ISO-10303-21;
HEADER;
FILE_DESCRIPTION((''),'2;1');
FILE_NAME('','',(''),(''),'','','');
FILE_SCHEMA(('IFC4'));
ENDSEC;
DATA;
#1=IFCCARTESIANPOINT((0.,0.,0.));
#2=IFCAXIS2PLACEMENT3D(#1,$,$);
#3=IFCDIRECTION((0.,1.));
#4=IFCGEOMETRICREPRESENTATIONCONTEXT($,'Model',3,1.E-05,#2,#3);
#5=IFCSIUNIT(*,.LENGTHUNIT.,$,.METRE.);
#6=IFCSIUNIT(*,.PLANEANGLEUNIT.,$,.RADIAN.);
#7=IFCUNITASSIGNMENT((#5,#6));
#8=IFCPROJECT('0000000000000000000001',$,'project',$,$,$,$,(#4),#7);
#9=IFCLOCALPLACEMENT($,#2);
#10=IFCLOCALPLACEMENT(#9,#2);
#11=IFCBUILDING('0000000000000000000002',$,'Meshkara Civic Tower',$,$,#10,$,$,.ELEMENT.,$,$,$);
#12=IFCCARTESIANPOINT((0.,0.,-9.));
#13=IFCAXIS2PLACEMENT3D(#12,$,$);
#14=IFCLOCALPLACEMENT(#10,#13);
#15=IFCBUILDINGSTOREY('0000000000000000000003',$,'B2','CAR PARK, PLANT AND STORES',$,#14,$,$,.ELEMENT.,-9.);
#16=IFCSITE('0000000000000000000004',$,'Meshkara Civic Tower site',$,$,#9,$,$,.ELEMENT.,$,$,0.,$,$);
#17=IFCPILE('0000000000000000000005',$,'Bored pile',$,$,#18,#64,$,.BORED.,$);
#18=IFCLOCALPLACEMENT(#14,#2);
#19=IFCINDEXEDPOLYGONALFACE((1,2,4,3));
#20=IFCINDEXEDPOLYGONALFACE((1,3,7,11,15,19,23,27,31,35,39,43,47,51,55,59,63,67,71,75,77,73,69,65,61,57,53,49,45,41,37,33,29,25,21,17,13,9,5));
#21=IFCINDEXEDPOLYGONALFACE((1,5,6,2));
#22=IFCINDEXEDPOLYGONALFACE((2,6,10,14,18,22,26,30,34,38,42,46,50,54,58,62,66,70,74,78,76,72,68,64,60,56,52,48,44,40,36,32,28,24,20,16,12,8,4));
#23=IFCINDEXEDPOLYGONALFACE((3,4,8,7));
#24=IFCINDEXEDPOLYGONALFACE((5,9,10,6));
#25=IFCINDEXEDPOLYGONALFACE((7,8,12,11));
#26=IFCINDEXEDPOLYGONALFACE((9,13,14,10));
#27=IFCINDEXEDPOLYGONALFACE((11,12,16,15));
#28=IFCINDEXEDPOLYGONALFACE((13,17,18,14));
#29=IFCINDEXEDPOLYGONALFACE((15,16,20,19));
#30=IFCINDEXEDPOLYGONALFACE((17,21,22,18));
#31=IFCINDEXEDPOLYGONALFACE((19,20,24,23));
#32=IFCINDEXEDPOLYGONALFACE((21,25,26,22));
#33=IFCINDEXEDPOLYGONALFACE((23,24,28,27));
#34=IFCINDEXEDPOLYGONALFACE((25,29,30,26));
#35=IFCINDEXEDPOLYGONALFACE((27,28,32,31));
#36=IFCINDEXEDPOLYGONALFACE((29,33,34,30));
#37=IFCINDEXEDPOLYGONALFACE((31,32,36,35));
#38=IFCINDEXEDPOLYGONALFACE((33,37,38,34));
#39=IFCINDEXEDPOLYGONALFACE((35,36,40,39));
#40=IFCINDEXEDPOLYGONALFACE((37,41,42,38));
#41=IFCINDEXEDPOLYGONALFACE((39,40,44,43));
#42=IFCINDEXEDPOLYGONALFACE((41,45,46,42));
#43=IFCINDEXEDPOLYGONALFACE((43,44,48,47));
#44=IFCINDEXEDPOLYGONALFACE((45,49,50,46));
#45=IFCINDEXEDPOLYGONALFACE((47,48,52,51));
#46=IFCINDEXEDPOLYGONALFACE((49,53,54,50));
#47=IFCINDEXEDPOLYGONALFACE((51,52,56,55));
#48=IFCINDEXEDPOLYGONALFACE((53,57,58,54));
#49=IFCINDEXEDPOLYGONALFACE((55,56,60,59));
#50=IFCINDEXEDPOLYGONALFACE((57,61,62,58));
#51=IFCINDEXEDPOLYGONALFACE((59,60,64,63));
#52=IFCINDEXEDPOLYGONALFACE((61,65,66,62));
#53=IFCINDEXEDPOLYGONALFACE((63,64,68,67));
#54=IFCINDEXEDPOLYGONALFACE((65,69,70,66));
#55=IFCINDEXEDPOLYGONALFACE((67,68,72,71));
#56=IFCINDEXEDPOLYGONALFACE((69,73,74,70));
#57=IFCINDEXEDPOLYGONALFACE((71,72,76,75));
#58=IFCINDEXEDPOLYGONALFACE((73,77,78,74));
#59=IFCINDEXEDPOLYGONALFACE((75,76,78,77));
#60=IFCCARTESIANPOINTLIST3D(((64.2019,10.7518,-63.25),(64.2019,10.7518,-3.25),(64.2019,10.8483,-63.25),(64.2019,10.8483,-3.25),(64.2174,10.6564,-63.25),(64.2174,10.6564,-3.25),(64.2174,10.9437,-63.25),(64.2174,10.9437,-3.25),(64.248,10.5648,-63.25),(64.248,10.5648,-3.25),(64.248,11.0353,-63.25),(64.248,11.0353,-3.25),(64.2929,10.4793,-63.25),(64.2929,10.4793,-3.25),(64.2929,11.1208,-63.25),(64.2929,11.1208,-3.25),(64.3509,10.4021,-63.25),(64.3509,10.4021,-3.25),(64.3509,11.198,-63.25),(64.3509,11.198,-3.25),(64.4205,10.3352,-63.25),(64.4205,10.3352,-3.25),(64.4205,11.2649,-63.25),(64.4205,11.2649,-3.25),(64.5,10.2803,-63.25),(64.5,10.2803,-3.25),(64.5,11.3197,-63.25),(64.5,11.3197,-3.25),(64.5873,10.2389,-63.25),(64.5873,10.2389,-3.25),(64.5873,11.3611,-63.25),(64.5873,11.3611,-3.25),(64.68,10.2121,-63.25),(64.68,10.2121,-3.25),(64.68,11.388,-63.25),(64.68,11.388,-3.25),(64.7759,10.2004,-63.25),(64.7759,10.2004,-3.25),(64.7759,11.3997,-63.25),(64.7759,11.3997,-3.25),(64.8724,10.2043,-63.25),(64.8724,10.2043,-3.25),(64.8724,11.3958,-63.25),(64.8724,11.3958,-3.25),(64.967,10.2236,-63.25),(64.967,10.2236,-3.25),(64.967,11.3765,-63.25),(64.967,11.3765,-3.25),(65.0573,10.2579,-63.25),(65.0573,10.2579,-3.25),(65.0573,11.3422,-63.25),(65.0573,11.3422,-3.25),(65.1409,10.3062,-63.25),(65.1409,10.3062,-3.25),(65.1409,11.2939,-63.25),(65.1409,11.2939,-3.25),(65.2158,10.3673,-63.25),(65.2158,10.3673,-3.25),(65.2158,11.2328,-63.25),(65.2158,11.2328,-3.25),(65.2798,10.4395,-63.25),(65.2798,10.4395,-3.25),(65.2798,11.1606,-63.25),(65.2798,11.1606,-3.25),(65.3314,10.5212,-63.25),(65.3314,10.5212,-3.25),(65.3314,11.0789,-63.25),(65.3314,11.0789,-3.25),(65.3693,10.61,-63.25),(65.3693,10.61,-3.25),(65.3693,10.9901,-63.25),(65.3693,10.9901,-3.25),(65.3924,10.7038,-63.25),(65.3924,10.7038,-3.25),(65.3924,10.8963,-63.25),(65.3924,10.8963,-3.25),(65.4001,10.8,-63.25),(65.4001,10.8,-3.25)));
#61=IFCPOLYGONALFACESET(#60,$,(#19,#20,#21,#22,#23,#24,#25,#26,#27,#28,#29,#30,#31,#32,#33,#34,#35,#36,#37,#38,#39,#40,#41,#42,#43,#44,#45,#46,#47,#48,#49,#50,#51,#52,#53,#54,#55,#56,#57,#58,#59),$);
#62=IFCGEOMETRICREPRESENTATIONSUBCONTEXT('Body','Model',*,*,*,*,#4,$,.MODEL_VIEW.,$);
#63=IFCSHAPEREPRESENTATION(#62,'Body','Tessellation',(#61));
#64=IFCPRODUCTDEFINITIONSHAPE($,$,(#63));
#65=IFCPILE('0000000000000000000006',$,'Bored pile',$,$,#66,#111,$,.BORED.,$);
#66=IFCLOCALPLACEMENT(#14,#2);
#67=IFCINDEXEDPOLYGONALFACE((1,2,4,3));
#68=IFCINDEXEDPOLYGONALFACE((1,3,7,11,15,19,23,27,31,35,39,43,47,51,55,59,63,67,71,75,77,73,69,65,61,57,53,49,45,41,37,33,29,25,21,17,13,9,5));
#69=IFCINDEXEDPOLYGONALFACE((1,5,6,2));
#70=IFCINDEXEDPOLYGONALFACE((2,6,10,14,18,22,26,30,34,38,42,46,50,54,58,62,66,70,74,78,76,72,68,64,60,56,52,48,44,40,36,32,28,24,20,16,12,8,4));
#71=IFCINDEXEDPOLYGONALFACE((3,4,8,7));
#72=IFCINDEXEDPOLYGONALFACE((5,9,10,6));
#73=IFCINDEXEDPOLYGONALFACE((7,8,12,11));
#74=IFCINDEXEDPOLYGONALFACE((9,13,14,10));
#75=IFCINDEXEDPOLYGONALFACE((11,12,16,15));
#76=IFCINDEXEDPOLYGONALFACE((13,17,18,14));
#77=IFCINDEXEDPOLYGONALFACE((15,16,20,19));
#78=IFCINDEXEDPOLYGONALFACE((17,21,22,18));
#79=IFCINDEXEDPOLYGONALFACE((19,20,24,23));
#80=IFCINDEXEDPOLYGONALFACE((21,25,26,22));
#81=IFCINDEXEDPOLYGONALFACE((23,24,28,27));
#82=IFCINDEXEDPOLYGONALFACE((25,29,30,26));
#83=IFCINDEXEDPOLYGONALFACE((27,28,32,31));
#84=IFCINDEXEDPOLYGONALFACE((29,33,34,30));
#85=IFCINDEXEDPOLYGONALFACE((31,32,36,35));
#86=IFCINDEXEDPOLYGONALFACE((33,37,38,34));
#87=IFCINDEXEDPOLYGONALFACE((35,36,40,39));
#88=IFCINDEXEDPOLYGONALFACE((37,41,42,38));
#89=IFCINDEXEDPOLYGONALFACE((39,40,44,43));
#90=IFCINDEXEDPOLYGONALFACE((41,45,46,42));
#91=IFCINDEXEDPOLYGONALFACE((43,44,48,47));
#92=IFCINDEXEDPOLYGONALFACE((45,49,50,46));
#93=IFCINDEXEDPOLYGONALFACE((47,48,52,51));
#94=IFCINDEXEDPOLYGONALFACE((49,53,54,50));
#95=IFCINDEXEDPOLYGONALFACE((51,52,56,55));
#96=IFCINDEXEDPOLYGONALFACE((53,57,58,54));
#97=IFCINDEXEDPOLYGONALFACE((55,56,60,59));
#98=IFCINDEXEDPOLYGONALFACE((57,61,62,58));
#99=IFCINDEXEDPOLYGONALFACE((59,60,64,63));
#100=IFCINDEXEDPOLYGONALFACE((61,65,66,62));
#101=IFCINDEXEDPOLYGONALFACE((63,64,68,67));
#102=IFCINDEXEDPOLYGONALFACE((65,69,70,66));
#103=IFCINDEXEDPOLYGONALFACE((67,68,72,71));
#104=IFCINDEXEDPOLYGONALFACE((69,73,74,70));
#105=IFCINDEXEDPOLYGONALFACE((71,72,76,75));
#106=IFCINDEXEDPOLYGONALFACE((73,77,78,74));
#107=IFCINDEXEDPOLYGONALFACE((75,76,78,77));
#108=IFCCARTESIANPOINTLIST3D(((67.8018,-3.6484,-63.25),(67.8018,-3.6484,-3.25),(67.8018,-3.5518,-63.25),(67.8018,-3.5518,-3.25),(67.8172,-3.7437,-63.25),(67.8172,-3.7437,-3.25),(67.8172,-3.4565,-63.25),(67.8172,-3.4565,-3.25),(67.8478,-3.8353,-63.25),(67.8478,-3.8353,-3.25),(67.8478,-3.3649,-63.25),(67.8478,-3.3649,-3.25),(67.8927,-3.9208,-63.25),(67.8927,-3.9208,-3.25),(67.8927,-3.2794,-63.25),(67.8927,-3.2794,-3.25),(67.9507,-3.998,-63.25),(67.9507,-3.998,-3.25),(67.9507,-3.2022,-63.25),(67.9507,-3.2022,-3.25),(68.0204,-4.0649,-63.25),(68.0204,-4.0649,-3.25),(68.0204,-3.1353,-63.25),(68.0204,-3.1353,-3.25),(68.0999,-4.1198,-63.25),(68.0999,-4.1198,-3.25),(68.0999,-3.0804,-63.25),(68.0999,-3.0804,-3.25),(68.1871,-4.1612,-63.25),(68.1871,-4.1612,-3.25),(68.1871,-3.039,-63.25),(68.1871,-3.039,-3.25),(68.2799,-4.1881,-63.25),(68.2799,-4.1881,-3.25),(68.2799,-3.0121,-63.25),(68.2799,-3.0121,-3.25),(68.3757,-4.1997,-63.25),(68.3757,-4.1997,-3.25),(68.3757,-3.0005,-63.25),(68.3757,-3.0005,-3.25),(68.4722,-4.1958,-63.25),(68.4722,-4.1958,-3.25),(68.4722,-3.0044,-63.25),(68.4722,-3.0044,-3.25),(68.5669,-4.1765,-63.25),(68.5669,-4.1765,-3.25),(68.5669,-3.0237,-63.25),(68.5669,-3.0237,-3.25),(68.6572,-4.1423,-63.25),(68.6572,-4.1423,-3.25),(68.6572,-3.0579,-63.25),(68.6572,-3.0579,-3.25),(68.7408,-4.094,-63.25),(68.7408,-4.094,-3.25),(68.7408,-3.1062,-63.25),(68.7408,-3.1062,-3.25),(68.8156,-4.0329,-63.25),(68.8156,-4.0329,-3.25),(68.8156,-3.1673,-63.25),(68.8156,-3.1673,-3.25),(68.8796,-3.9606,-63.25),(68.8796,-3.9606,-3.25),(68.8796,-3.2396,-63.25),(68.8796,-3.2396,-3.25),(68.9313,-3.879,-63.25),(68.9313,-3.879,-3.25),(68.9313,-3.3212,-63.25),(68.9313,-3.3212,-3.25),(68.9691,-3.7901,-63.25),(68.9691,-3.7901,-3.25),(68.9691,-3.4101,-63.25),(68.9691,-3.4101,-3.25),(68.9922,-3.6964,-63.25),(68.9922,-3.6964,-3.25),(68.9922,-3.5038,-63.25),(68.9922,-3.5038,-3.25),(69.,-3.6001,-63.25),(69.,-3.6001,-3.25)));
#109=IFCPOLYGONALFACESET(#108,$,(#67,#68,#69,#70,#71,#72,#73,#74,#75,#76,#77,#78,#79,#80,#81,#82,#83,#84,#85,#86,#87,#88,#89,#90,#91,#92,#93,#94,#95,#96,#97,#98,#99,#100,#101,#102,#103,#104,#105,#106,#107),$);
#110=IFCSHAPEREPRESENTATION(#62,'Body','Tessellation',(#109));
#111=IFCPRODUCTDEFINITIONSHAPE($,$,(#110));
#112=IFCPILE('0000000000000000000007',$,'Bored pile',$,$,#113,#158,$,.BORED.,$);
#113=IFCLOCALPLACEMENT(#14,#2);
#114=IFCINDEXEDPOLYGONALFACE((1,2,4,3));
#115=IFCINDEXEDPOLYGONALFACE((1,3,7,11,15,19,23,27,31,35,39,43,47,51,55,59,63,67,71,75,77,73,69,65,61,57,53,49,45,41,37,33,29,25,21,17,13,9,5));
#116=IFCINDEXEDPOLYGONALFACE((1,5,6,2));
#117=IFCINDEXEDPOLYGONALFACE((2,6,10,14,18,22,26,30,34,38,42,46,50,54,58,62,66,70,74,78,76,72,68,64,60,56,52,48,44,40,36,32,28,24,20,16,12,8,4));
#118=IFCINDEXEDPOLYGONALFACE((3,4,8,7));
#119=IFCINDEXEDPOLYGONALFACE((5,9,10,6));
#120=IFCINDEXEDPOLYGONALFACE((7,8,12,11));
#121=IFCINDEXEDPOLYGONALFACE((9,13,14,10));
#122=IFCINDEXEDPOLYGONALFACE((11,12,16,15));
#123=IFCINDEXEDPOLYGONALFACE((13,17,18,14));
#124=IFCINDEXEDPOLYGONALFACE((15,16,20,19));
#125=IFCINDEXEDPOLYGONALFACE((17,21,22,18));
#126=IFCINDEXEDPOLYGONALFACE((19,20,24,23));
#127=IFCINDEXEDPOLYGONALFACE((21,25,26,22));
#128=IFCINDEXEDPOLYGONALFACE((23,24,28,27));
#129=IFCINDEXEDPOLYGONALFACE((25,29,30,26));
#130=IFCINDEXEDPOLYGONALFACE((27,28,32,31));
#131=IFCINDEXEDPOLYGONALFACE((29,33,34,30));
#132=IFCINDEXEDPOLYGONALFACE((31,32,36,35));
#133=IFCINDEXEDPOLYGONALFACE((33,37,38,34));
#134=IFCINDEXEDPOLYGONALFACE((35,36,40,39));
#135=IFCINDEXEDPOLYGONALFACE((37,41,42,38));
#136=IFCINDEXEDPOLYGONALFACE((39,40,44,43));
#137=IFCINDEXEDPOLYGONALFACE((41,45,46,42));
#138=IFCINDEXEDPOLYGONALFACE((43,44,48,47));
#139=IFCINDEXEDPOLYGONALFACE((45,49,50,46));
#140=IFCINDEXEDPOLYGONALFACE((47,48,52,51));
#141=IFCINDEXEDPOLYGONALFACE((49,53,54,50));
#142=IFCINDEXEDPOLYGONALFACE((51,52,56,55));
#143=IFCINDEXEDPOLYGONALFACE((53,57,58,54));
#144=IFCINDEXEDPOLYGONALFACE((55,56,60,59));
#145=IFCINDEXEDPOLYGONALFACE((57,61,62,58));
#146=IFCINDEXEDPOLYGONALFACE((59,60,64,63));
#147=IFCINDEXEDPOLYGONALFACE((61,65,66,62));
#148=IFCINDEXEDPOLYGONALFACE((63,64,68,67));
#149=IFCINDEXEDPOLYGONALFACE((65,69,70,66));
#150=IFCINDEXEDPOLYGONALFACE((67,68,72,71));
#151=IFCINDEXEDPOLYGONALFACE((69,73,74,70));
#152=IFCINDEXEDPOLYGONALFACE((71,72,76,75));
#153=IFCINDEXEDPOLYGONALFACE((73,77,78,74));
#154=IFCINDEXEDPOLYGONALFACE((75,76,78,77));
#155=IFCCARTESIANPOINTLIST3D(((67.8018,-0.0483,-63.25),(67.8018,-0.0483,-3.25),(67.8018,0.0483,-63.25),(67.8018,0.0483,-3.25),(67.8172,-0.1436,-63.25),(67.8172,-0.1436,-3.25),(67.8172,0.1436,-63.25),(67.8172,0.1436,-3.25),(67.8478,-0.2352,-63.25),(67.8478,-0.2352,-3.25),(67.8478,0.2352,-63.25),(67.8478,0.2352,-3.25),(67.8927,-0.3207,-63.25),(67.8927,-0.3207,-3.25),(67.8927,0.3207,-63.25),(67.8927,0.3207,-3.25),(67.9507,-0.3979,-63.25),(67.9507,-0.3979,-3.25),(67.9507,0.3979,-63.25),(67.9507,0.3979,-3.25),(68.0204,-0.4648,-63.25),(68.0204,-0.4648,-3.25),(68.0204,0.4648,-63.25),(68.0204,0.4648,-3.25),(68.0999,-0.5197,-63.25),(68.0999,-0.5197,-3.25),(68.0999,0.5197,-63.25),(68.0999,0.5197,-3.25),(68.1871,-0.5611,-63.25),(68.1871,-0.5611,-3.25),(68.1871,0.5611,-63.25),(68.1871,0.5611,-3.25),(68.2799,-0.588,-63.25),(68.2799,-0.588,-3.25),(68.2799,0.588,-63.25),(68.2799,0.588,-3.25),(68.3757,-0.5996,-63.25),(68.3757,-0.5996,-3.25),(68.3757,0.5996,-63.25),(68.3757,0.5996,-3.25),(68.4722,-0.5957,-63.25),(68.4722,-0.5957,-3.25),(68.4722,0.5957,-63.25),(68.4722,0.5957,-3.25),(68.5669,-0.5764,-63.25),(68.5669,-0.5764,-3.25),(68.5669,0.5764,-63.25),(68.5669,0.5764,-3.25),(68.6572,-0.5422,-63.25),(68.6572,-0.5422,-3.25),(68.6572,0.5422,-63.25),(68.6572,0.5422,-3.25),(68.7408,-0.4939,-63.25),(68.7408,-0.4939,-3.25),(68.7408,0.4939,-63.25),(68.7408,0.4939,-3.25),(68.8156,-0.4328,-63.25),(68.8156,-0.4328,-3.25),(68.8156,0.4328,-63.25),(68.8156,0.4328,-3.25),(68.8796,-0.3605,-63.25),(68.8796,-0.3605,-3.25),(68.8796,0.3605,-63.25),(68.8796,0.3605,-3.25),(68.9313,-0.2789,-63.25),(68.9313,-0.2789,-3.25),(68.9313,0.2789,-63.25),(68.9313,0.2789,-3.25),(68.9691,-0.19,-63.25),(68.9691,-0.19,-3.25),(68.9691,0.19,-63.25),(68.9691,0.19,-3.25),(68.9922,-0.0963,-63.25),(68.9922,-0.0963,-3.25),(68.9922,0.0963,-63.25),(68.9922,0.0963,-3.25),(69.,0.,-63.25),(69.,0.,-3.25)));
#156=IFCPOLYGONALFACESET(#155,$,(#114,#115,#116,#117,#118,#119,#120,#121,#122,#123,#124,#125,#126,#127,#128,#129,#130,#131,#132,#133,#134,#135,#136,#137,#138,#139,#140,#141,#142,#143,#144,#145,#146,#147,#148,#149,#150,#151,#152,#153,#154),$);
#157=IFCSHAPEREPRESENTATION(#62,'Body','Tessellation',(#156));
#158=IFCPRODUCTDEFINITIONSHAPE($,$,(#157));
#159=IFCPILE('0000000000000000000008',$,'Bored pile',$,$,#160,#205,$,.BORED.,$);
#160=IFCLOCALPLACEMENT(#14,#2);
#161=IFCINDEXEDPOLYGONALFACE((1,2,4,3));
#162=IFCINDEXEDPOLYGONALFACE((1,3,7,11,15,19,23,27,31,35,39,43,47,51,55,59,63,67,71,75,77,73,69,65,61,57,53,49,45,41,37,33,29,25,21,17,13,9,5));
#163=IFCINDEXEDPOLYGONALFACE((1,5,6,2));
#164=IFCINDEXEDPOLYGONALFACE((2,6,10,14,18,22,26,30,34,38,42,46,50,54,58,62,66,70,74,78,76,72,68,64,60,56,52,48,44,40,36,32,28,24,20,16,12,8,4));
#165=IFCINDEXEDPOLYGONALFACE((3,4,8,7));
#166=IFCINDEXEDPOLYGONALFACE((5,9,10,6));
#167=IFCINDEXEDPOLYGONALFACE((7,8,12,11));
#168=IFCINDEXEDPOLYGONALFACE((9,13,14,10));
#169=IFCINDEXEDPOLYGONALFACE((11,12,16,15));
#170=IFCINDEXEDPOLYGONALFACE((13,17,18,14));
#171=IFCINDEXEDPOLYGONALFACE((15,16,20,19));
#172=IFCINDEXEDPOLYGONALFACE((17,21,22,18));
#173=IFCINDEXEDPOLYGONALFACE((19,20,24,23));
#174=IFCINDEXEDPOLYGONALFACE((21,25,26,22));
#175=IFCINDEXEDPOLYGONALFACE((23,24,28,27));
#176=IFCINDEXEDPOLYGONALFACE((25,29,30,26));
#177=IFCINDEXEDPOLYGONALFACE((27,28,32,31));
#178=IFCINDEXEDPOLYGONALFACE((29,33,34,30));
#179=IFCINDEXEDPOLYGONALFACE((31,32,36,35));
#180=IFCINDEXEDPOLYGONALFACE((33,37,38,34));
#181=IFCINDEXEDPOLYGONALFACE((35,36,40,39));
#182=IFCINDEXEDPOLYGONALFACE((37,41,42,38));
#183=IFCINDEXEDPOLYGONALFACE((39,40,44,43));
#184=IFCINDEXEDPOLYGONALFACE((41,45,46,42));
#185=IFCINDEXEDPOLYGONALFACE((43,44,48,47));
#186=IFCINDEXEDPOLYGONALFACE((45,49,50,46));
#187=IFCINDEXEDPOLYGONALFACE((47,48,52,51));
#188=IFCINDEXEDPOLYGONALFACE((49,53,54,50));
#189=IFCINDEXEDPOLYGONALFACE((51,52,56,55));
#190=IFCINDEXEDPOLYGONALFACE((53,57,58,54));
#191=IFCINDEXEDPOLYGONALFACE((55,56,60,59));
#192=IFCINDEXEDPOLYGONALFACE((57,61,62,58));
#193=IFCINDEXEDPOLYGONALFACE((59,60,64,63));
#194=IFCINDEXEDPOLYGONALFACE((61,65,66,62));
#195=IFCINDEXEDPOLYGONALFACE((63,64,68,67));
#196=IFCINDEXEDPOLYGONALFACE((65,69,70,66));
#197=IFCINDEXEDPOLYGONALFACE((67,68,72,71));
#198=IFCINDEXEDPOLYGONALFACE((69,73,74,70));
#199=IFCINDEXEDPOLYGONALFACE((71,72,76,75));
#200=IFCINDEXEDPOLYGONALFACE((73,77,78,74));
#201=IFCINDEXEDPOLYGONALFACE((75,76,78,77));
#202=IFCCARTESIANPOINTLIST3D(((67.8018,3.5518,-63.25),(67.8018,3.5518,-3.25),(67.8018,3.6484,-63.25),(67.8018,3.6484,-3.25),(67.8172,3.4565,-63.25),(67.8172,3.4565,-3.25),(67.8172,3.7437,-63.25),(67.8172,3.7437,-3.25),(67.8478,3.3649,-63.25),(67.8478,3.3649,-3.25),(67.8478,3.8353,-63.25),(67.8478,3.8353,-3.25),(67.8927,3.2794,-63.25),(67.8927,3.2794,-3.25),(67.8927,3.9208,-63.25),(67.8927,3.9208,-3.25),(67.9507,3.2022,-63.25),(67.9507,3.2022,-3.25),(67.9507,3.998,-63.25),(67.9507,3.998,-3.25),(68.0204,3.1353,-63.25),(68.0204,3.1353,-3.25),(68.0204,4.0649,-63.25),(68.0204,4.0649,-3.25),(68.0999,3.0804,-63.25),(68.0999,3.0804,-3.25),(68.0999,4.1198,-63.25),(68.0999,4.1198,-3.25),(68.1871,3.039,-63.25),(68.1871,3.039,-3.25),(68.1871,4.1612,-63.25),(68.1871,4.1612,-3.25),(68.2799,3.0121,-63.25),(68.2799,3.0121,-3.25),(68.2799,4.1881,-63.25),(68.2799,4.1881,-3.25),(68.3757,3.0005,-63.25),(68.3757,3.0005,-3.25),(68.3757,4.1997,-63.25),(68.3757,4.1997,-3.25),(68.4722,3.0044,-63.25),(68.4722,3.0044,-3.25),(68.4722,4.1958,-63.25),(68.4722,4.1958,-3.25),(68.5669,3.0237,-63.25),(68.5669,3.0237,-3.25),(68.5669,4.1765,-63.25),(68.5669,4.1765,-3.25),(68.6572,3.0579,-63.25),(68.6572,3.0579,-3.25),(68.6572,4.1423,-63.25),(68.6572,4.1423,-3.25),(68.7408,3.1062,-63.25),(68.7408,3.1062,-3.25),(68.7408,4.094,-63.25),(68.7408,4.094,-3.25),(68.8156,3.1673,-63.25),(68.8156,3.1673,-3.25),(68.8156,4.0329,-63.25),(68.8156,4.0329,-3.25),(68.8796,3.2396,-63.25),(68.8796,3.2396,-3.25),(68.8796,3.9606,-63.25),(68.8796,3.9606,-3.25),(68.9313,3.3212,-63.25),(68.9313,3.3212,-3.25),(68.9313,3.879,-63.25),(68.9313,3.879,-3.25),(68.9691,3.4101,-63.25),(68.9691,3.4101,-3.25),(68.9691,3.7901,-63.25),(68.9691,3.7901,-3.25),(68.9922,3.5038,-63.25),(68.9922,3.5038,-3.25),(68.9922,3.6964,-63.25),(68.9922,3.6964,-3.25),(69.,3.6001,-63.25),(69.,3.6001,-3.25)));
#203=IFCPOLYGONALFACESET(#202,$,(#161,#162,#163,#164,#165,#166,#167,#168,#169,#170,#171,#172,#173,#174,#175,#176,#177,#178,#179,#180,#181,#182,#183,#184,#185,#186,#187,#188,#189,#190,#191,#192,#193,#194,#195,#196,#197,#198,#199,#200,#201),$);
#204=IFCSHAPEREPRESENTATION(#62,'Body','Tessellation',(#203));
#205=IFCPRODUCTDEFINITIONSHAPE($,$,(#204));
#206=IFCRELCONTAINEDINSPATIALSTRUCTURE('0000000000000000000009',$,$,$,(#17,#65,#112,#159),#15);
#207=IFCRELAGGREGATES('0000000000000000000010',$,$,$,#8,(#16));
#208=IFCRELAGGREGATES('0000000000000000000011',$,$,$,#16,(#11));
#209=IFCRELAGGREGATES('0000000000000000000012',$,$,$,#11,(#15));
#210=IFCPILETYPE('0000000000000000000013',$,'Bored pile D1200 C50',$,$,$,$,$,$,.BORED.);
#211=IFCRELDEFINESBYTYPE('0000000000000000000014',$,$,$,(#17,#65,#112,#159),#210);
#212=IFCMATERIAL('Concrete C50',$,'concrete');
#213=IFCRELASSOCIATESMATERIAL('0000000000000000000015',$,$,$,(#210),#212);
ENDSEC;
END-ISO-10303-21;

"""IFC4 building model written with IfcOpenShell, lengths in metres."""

from ifc_helpers import new_model, si_unit, direction, frame, origin, origin_2d, place, context, subcontext, project, spatial, circle, extrude, material, material_profile, profile_set, type_object, element, save


model = new_model("IFC4")

# Units and contexts
model_context = context("Model", 3, precision=1e-05, world=origin(), true_north=direction((0.0, 1.0)))
body_context = subcontext(model_context, "Body", "Model", "MODEL_VIEW")
ifc_project = project(units=[si_unit("LENGTHUNIT", "METRE"), si_unit("PLANEANGLEUNIT", "RADIAN")], contexts=[model_context])

# Site, building, storey
site_placement = place(None, origin())
site = spatial("IfcSite", under=ifc_project, at=site_placement, Name="Meshkara Civic Tower site", CompositionType="ELEMENT", RefElevation=0.0)
building_placement = place(site_placement, origin())
building = spatial("IfcBuilding", under=site, at=building_placement, Name="Meshkara Civic Tower", CompositionType="ELEMENT")
storey_placement = place(building_placement, frame((0.0, 0.0, -9.0)))
storey = spatial("IfcBuildingStorey", under=building, at=storey_placement, Name="B2", Description="CAR PARK, PLANT AND STORES", CompositionType="ELEMENT", Elevation=-9.0)

# Piles
ifc_material_1 = material(Name="Concrete C50", Category="concrete")
ifc_material_profile_1 = material_profile(ifc_material_1, circle(Radius=0.6001, at=origin_2d()))
ifc_profile_set_1 = profile_set([ifc_material_profile_1], Name="Concrete C50")
pile_type = type_object("IfcPileType", Name="Bored pile D1200 C50", PredefinedType="BORED", material=ifc_profile_set_1)
for number, where, z_axis, x_axis, name in (
    (1, (64.8, 10.8, -3.25), (0.0, 0.0, -1.0), (1.0, 0.0, 0.0), "Bored pile"),
    (2, (68.3999, -3.6001, -3.25), (0.0, 0.0, -1.0), (1.0, 0.0, 0.0), "Bored pile"),
    (3, (68.3999, 0.0, -3.25), (0.0, 0.0, -1.0), (1.0, 0.0, 0.0), "Bored pile"),
    (4, (68.3999, 3.6001, -3.25), (0.0, 0.0, -1.0), (1.0, 0.0, 0.0), "Bored pile"),
):
    element("IfcPile", number, at=place(storey_placement, frame(where, z_axis=z_axis, x_axis=x_axis)), inside=storey, type_object=pile_type, Name=name, PredefinedType="BORED", context=body_context, shape_type="SweptSolid", body=[
        extrude(circle(Radius=0.6001, at=origin_2d()), origin(), (0.0, 0.0, 1.0), 60.0),
    ])

save(model, "model.ifc")
